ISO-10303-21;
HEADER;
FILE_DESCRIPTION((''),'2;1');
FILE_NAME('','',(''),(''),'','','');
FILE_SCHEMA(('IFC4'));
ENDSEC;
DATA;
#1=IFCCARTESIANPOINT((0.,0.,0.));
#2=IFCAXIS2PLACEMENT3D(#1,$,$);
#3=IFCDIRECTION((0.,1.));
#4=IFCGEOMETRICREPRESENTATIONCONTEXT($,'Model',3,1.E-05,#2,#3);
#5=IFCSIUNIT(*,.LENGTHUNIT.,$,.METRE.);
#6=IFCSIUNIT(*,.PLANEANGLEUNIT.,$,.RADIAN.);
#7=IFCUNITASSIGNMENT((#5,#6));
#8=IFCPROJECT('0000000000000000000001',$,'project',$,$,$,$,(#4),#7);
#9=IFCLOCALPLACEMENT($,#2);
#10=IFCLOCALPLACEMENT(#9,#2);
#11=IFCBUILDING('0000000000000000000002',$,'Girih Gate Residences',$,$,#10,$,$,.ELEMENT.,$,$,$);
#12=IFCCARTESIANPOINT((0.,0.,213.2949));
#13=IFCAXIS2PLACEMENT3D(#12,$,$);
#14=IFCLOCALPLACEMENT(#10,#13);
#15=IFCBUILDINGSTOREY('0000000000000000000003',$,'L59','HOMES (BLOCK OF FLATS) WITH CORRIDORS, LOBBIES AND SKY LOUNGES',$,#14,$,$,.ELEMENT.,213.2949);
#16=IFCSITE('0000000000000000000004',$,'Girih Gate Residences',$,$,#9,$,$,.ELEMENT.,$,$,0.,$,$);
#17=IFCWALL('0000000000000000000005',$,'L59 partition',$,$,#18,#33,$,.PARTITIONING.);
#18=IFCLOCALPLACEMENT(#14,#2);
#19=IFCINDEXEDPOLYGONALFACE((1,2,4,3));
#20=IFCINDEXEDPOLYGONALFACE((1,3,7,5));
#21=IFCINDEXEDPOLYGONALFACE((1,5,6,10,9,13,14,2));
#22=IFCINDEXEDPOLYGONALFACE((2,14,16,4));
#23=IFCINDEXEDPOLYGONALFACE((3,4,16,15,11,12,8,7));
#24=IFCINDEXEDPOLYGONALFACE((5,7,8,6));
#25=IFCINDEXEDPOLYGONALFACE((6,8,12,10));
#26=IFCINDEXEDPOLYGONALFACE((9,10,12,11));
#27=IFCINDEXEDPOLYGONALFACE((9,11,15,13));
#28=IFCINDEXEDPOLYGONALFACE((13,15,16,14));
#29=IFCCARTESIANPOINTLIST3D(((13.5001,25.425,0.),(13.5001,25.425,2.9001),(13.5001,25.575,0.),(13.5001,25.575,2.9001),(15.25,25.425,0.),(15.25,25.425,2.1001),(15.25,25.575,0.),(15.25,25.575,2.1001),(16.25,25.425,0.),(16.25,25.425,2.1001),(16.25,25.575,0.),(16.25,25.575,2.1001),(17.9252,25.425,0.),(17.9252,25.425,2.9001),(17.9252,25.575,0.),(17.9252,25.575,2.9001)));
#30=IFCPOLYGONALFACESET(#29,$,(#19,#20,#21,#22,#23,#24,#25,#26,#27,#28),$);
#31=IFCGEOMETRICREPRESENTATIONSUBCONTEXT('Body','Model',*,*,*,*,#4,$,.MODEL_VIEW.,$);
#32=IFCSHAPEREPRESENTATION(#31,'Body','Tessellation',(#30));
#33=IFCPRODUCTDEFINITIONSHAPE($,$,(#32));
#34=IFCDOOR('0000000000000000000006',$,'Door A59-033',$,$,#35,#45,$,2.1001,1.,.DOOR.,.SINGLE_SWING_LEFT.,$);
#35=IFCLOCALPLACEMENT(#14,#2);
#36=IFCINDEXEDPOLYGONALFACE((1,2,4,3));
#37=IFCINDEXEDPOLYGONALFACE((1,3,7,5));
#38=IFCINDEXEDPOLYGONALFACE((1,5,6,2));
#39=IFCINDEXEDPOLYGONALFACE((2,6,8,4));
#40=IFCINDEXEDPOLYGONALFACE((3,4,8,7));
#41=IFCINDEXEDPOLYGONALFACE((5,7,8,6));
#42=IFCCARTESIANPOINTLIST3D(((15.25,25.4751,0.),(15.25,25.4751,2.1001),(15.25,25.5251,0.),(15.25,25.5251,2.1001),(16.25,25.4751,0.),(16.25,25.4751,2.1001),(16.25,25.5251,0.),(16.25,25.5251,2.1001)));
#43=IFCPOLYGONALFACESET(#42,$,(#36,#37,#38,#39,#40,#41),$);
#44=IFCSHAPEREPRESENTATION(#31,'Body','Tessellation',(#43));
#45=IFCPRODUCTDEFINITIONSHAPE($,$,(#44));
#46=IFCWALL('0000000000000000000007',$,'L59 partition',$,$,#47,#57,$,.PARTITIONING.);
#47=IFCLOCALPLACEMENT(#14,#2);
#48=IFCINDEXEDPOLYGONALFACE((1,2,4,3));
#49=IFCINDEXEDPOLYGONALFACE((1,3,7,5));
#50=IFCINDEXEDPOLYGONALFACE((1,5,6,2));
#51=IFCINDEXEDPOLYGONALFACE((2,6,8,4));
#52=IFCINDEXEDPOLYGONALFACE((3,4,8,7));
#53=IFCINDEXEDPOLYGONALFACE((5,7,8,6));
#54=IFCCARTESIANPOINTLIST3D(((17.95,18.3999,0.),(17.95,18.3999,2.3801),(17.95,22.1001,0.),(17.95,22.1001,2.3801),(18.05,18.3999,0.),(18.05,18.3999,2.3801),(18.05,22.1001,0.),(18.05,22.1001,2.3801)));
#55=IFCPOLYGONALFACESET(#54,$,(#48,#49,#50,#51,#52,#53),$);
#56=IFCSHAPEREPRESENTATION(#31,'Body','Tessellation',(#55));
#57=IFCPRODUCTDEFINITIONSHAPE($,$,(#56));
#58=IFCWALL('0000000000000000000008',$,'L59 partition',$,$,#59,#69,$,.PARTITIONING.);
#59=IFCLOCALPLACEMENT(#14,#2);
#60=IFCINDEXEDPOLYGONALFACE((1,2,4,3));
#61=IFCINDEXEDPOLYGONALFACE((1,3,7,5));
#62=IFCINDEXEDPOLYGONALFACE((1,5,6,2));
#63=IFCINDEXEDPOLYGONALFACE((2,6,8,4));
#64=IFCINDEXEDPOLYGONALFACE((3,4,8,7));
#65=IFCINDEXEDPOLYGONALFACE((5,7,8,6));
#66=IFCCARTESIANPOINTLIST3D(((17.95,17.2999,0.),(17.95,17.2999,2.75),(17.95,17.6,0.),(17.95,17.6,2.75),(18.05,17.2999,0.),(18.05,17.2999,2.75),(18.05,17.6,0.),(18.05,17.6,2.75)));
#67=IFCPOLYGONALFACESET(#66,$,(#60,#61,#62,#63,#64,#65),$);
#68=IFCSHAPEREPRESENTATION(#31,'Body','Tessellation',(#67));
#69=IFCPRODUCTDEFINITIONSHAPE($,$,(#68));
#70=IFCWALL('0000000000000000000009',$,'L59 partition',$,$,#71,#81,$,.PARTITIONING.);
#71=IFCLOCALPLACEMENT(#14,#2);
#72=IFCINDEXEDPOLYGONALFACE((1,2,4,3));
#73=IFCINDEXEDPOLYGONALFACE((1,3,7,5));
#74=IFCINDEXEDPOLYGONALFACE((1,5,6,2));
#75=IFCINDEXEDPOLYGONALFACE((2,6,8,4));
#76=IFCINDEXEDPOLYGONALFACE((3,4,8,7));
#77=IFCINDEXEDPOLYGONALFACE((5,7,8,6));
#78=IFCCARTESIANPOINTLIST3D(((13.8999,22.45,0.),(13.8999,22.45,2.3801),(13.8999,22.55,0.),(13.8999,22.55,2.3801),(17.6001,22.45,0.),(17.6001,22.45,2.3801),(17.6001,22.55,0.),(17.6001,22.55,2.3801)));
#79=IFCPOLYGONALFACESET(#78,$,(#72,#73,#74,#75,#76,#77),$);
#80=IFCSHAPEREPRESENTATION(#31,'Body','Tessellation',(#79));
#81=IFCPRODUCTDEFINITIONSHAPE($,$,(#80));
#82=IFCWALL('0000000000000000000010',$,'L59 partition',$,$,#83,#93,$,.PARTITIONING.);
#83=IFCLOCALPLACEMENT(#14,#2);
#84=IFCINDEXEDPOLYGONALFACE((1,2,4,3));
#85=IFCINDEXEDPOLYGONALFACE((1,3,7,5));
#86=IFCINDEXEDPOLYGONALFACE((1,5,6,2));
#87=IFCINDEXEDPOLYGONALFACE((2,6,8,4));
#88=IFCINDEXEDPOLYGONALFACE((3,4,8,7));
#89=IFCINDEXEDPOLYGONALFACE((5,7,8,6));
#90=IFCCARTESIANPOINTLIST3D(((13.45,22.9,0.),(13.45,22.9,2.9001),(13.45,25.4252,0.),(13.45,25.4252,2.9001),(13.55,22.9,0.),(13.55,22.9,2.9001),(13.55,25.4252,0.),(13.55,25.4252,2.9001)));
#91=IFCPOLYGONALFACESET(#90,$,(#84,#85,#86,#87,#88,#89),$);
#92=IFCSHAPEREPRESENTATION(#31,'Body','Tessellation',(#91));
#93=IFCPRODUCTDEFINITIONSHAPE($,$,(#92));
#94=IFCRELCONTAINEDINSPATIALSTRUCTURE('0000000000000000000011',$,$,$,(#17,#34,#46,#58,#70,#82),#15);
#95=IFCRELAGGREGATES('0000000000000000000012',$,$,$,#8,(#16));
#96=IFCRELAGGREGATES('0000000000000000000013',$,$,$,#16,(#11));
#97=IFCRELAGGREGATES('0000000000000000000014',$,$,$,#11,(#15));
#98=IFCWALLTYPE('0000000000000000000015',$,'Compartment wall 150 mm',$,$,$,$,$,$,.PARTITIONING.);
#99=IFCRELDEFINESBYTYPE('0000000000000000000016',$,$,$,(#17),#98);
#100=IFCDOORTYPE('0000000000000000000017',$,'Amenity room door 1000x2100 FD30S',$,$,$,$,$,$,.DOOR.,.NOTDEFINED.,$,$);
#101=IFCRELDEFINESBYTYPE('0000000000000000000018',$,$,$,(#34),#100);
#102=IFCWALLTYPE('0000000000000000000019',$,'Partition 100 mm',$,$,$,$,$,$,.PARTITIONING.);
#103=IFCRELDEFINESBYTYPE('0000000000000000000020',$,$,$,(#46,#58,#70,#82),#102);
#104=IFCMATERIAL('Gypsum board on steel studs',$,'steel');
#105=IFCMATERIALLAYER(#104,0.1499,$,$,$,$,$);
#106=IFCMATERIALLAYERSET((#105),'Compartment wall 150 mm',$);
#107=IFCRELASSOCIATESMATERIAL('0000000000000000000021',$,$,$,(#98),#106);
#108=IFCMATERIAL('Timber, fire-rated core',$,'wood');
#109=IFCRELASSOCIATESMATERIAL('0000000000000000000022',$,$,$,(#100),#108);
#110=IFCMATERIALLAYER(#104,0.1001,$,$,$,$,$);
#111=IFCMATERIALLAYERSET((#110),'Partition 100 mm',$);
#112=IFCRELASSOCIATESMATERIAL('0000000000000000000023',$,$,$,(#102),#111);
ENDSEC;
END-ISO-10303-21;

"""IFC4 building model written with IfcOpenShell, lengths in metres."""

from ifc_helpers import new_model, si_unit, direction, frame, frame_2d, origin, place, context, subcontext, project, spatial, rectangle, extrude, material, layer, layer_set, type_object, element, fill, save


model = new_model("IFC4")

# Units and contexts
model_context = context("Model", 3, precision=1e-05, world=origin(), true_north=direction((0.0, 1.0)))
body_context = subcontext(model_context, "Body", "Model", "MODEL_VIEW")
ifc_project = project(units=[si_unit("LENGTHUNIT", "METRE"), si_unit("PLANEANGLEUNIT", "RADIAN")], contexts=[model_context])

# Site, building, storey
site_placement = place(None, origin())
site = spatial("IfcSite", under=ifc_project, at=site_placement, Name="Girih Gate Residences", CompositionType="ELEMENT", RefElevation=0.0)
building_placement = place(site_placement, origin())
building = spatial("IfcBuilding", under=site, at=building_placement, Name="Girih Gate Residences", CompositionType="ELEMENT")
storey_placement = place(building_placement, frame((0.0, 0.0, 213.2949)))
storey = spatial("IfcBuildingStorey", under=building, at=storey_placement, Name="L59", Description="HOMES (BLOCK OF FLATS) WITH CORRIDORS, LOBBIES AND SKY LOUNGES", CompositionType="ELEMENT", Elevation=213.2949)

# Shared definitions
ifc_material_1 = material(Name="Gypsum board on steel studs", Category="steel")
ifc_layer_1 = layer(ifc_material_1, 0.1499)
ifc_layer_set_1 = layer_set([ifc_layer_1], Name="Compartment wall 150 mm")
wall_type_1 = type_object("IfcWallType", Name="Compartment wall 150 mm", PredefinedType="PARTITIONING", material=ifc_layer_set_1)

# Wall, opening, door
ifc_material_2 = material(Name="Timber, fire-rated core", Category="wood")
door_type = type_object("IfcDoorType", Name="Amenity room door 1000x2100 FD30S", OperationType="NOTDEFINED", PredefinedType="DOOR", material=ifc_material_2)
wall_1_placement = place(storey_placement, frame((17.925, 25.5, 0.0), z_axis=(0.0, 0.0, 1.0), x_axis=(-1.0, 0.0, 0.0)))
wall_1 = element("IfcWall", 1, at=wall_1_placement, inside=storey, type_object=wall_type_1, Name="L59 partition", PredefinedType="PARTITIONING", context=body_context, shape_type="SweptSolid", body=[
    extrude(rectangle(XDim=4.425, YDim=0.1499, at=frame_2d((2.2124, 0.0))), origin(), (0.0, 0.0, 1.0), 2.9001),
])
opening_1_placement = place(wall_1_placement, frame((1.675, 0.0, 0.0)))
opening_1 = element("IfcOpeningElement", 2, at=opening_1_placement, cuts=wall_1, PredefinedType="OPENING", context=body_context, shape_type="SweptSolid", body=[
    extrude(rectangle(XDim=1.0, YDim=2.1001, at=frame_2d((0.5, 1.05))), frame((0.0, 0.085, 0.0), z_axis=(0.0, -1.0, 0.0), x_axis=(1.0, 0.0, 0.0)), (0.0, 0.0, 1.0), 0.1699),
])
door_1_placement = place(opening_1_placement, origin())
door_1 = element("IfcDoor", 3, at=door_1_placement, inside=storey, type_object=door_type, Name="Door A59-033", OperationType="SINGLE_SWING_LEFT", OverallHeight=2.1001, OverallWidth=1.0, PredefinedType="DOOR", context=body_context, shape_type="SweptSolid", body=[
    extrude(rectangle(XDim=1.0, YDim=2.1001, at=frame_2d((0.5, 1.05))), frame((0.0, 0.0249, 0.0), z_axis=(0.0, -1.0, 0.0), x_axis=(1.0, 0.0, 0.0)), (0.0, 0.0, 1.0), 0.05),
])
fill(opening_1, door_1)

# Walls
ifc_layer_2 = layer(ifc_material_1, 0.1001)
ifc_layer_set_2 = layer_set([ifc_layer_2], Name="Partition 100 mm")
wall_type_2 = type_object("IfcWallType", Name="Partition 100 mm", PredefinedType="PARTITIONING", material=ifc_layer_set_2)
wall_2_placement = place(storey_placement, frame((18.0, 18.3999, 0.0), z_axis=(0.0, 0.0, 1.0), x_axis=(0.0, 1.0, 0.0)))
element("IfcWall", 4, at=wall_2_placement, inside=storey, type_object=wall_type_2, Name="L59 partition", PredefinedType="PARTITIONING", context=body_context, shape_type="SweptSolid", body=[
    extrude(rectangle(XDim=3.7002, YDim=0.1001, at=frame_2d((1.8501, 0.0))), origin(), (0.0, 0.0, 1.0), 2.3801),
])
wall_3_placement = place(storey_placement, frame((18.0, 17.3, 0.0), z_axis=(0.0, 0.0, 1.0), x_axis=(0.0, 1.0, 0.0)))
element("IfcWall", 5, at=wall_3_placement, inside=storey, type_object=wall_type_2, Name="L59 partition", PredefinedType="PARTITIONING", context=body_context, shape_type="SweptSolid", body=[
    extrude(rectangle(XDim=0.3, YDim=0.1001, at=frame_2d((0.1499, 0.0))), origin(), (0.0, 0.0, 1.0), 2.75),
])
wall_4_placement = place(storey_placement, frame((13.8999, 22.5, 0.0), z_axis=(0.0, 0.0, 1.0), x_axis=(1.0, 0.0, 0.0)))
element("IfcWall", 6, at=wall_4_placement, inside=storey, type_object=wall_type_2, Name="L59 partition", PredefinedType="PARTITIONING", context=body_context, shape_type="SweptSolid", body=[
    extrude(rectangle(XDim=3.7002, YDim=0.1001, at=frame_2d((1.8501, 0.0))), origin(), (0.0, 0.0, 1.0), 2.3801),
])
wall_5_placement = place(storey_placement, frame((13.5, 22.8999, 0.0), z_axis=(0.0, 0.0, 1.0), x_axis=(0.0, 1.0, 0.0)))
element("IfcWall", 7, at=wall_5_placement, inside=storey, type_object=wall_type_2, Name="L59 partition", PredefinedType="PARTITIONING", context=body_context, shape_type="SweptSolid", body=[
    extrude(rectangle(XDim=2.5251, YDim=0.1001, at=frame_2d((1.2627, 0.0))), origin(), (0.0, 0.0, 1.0), 2.9001),
])

save(model, "model.ifc")
